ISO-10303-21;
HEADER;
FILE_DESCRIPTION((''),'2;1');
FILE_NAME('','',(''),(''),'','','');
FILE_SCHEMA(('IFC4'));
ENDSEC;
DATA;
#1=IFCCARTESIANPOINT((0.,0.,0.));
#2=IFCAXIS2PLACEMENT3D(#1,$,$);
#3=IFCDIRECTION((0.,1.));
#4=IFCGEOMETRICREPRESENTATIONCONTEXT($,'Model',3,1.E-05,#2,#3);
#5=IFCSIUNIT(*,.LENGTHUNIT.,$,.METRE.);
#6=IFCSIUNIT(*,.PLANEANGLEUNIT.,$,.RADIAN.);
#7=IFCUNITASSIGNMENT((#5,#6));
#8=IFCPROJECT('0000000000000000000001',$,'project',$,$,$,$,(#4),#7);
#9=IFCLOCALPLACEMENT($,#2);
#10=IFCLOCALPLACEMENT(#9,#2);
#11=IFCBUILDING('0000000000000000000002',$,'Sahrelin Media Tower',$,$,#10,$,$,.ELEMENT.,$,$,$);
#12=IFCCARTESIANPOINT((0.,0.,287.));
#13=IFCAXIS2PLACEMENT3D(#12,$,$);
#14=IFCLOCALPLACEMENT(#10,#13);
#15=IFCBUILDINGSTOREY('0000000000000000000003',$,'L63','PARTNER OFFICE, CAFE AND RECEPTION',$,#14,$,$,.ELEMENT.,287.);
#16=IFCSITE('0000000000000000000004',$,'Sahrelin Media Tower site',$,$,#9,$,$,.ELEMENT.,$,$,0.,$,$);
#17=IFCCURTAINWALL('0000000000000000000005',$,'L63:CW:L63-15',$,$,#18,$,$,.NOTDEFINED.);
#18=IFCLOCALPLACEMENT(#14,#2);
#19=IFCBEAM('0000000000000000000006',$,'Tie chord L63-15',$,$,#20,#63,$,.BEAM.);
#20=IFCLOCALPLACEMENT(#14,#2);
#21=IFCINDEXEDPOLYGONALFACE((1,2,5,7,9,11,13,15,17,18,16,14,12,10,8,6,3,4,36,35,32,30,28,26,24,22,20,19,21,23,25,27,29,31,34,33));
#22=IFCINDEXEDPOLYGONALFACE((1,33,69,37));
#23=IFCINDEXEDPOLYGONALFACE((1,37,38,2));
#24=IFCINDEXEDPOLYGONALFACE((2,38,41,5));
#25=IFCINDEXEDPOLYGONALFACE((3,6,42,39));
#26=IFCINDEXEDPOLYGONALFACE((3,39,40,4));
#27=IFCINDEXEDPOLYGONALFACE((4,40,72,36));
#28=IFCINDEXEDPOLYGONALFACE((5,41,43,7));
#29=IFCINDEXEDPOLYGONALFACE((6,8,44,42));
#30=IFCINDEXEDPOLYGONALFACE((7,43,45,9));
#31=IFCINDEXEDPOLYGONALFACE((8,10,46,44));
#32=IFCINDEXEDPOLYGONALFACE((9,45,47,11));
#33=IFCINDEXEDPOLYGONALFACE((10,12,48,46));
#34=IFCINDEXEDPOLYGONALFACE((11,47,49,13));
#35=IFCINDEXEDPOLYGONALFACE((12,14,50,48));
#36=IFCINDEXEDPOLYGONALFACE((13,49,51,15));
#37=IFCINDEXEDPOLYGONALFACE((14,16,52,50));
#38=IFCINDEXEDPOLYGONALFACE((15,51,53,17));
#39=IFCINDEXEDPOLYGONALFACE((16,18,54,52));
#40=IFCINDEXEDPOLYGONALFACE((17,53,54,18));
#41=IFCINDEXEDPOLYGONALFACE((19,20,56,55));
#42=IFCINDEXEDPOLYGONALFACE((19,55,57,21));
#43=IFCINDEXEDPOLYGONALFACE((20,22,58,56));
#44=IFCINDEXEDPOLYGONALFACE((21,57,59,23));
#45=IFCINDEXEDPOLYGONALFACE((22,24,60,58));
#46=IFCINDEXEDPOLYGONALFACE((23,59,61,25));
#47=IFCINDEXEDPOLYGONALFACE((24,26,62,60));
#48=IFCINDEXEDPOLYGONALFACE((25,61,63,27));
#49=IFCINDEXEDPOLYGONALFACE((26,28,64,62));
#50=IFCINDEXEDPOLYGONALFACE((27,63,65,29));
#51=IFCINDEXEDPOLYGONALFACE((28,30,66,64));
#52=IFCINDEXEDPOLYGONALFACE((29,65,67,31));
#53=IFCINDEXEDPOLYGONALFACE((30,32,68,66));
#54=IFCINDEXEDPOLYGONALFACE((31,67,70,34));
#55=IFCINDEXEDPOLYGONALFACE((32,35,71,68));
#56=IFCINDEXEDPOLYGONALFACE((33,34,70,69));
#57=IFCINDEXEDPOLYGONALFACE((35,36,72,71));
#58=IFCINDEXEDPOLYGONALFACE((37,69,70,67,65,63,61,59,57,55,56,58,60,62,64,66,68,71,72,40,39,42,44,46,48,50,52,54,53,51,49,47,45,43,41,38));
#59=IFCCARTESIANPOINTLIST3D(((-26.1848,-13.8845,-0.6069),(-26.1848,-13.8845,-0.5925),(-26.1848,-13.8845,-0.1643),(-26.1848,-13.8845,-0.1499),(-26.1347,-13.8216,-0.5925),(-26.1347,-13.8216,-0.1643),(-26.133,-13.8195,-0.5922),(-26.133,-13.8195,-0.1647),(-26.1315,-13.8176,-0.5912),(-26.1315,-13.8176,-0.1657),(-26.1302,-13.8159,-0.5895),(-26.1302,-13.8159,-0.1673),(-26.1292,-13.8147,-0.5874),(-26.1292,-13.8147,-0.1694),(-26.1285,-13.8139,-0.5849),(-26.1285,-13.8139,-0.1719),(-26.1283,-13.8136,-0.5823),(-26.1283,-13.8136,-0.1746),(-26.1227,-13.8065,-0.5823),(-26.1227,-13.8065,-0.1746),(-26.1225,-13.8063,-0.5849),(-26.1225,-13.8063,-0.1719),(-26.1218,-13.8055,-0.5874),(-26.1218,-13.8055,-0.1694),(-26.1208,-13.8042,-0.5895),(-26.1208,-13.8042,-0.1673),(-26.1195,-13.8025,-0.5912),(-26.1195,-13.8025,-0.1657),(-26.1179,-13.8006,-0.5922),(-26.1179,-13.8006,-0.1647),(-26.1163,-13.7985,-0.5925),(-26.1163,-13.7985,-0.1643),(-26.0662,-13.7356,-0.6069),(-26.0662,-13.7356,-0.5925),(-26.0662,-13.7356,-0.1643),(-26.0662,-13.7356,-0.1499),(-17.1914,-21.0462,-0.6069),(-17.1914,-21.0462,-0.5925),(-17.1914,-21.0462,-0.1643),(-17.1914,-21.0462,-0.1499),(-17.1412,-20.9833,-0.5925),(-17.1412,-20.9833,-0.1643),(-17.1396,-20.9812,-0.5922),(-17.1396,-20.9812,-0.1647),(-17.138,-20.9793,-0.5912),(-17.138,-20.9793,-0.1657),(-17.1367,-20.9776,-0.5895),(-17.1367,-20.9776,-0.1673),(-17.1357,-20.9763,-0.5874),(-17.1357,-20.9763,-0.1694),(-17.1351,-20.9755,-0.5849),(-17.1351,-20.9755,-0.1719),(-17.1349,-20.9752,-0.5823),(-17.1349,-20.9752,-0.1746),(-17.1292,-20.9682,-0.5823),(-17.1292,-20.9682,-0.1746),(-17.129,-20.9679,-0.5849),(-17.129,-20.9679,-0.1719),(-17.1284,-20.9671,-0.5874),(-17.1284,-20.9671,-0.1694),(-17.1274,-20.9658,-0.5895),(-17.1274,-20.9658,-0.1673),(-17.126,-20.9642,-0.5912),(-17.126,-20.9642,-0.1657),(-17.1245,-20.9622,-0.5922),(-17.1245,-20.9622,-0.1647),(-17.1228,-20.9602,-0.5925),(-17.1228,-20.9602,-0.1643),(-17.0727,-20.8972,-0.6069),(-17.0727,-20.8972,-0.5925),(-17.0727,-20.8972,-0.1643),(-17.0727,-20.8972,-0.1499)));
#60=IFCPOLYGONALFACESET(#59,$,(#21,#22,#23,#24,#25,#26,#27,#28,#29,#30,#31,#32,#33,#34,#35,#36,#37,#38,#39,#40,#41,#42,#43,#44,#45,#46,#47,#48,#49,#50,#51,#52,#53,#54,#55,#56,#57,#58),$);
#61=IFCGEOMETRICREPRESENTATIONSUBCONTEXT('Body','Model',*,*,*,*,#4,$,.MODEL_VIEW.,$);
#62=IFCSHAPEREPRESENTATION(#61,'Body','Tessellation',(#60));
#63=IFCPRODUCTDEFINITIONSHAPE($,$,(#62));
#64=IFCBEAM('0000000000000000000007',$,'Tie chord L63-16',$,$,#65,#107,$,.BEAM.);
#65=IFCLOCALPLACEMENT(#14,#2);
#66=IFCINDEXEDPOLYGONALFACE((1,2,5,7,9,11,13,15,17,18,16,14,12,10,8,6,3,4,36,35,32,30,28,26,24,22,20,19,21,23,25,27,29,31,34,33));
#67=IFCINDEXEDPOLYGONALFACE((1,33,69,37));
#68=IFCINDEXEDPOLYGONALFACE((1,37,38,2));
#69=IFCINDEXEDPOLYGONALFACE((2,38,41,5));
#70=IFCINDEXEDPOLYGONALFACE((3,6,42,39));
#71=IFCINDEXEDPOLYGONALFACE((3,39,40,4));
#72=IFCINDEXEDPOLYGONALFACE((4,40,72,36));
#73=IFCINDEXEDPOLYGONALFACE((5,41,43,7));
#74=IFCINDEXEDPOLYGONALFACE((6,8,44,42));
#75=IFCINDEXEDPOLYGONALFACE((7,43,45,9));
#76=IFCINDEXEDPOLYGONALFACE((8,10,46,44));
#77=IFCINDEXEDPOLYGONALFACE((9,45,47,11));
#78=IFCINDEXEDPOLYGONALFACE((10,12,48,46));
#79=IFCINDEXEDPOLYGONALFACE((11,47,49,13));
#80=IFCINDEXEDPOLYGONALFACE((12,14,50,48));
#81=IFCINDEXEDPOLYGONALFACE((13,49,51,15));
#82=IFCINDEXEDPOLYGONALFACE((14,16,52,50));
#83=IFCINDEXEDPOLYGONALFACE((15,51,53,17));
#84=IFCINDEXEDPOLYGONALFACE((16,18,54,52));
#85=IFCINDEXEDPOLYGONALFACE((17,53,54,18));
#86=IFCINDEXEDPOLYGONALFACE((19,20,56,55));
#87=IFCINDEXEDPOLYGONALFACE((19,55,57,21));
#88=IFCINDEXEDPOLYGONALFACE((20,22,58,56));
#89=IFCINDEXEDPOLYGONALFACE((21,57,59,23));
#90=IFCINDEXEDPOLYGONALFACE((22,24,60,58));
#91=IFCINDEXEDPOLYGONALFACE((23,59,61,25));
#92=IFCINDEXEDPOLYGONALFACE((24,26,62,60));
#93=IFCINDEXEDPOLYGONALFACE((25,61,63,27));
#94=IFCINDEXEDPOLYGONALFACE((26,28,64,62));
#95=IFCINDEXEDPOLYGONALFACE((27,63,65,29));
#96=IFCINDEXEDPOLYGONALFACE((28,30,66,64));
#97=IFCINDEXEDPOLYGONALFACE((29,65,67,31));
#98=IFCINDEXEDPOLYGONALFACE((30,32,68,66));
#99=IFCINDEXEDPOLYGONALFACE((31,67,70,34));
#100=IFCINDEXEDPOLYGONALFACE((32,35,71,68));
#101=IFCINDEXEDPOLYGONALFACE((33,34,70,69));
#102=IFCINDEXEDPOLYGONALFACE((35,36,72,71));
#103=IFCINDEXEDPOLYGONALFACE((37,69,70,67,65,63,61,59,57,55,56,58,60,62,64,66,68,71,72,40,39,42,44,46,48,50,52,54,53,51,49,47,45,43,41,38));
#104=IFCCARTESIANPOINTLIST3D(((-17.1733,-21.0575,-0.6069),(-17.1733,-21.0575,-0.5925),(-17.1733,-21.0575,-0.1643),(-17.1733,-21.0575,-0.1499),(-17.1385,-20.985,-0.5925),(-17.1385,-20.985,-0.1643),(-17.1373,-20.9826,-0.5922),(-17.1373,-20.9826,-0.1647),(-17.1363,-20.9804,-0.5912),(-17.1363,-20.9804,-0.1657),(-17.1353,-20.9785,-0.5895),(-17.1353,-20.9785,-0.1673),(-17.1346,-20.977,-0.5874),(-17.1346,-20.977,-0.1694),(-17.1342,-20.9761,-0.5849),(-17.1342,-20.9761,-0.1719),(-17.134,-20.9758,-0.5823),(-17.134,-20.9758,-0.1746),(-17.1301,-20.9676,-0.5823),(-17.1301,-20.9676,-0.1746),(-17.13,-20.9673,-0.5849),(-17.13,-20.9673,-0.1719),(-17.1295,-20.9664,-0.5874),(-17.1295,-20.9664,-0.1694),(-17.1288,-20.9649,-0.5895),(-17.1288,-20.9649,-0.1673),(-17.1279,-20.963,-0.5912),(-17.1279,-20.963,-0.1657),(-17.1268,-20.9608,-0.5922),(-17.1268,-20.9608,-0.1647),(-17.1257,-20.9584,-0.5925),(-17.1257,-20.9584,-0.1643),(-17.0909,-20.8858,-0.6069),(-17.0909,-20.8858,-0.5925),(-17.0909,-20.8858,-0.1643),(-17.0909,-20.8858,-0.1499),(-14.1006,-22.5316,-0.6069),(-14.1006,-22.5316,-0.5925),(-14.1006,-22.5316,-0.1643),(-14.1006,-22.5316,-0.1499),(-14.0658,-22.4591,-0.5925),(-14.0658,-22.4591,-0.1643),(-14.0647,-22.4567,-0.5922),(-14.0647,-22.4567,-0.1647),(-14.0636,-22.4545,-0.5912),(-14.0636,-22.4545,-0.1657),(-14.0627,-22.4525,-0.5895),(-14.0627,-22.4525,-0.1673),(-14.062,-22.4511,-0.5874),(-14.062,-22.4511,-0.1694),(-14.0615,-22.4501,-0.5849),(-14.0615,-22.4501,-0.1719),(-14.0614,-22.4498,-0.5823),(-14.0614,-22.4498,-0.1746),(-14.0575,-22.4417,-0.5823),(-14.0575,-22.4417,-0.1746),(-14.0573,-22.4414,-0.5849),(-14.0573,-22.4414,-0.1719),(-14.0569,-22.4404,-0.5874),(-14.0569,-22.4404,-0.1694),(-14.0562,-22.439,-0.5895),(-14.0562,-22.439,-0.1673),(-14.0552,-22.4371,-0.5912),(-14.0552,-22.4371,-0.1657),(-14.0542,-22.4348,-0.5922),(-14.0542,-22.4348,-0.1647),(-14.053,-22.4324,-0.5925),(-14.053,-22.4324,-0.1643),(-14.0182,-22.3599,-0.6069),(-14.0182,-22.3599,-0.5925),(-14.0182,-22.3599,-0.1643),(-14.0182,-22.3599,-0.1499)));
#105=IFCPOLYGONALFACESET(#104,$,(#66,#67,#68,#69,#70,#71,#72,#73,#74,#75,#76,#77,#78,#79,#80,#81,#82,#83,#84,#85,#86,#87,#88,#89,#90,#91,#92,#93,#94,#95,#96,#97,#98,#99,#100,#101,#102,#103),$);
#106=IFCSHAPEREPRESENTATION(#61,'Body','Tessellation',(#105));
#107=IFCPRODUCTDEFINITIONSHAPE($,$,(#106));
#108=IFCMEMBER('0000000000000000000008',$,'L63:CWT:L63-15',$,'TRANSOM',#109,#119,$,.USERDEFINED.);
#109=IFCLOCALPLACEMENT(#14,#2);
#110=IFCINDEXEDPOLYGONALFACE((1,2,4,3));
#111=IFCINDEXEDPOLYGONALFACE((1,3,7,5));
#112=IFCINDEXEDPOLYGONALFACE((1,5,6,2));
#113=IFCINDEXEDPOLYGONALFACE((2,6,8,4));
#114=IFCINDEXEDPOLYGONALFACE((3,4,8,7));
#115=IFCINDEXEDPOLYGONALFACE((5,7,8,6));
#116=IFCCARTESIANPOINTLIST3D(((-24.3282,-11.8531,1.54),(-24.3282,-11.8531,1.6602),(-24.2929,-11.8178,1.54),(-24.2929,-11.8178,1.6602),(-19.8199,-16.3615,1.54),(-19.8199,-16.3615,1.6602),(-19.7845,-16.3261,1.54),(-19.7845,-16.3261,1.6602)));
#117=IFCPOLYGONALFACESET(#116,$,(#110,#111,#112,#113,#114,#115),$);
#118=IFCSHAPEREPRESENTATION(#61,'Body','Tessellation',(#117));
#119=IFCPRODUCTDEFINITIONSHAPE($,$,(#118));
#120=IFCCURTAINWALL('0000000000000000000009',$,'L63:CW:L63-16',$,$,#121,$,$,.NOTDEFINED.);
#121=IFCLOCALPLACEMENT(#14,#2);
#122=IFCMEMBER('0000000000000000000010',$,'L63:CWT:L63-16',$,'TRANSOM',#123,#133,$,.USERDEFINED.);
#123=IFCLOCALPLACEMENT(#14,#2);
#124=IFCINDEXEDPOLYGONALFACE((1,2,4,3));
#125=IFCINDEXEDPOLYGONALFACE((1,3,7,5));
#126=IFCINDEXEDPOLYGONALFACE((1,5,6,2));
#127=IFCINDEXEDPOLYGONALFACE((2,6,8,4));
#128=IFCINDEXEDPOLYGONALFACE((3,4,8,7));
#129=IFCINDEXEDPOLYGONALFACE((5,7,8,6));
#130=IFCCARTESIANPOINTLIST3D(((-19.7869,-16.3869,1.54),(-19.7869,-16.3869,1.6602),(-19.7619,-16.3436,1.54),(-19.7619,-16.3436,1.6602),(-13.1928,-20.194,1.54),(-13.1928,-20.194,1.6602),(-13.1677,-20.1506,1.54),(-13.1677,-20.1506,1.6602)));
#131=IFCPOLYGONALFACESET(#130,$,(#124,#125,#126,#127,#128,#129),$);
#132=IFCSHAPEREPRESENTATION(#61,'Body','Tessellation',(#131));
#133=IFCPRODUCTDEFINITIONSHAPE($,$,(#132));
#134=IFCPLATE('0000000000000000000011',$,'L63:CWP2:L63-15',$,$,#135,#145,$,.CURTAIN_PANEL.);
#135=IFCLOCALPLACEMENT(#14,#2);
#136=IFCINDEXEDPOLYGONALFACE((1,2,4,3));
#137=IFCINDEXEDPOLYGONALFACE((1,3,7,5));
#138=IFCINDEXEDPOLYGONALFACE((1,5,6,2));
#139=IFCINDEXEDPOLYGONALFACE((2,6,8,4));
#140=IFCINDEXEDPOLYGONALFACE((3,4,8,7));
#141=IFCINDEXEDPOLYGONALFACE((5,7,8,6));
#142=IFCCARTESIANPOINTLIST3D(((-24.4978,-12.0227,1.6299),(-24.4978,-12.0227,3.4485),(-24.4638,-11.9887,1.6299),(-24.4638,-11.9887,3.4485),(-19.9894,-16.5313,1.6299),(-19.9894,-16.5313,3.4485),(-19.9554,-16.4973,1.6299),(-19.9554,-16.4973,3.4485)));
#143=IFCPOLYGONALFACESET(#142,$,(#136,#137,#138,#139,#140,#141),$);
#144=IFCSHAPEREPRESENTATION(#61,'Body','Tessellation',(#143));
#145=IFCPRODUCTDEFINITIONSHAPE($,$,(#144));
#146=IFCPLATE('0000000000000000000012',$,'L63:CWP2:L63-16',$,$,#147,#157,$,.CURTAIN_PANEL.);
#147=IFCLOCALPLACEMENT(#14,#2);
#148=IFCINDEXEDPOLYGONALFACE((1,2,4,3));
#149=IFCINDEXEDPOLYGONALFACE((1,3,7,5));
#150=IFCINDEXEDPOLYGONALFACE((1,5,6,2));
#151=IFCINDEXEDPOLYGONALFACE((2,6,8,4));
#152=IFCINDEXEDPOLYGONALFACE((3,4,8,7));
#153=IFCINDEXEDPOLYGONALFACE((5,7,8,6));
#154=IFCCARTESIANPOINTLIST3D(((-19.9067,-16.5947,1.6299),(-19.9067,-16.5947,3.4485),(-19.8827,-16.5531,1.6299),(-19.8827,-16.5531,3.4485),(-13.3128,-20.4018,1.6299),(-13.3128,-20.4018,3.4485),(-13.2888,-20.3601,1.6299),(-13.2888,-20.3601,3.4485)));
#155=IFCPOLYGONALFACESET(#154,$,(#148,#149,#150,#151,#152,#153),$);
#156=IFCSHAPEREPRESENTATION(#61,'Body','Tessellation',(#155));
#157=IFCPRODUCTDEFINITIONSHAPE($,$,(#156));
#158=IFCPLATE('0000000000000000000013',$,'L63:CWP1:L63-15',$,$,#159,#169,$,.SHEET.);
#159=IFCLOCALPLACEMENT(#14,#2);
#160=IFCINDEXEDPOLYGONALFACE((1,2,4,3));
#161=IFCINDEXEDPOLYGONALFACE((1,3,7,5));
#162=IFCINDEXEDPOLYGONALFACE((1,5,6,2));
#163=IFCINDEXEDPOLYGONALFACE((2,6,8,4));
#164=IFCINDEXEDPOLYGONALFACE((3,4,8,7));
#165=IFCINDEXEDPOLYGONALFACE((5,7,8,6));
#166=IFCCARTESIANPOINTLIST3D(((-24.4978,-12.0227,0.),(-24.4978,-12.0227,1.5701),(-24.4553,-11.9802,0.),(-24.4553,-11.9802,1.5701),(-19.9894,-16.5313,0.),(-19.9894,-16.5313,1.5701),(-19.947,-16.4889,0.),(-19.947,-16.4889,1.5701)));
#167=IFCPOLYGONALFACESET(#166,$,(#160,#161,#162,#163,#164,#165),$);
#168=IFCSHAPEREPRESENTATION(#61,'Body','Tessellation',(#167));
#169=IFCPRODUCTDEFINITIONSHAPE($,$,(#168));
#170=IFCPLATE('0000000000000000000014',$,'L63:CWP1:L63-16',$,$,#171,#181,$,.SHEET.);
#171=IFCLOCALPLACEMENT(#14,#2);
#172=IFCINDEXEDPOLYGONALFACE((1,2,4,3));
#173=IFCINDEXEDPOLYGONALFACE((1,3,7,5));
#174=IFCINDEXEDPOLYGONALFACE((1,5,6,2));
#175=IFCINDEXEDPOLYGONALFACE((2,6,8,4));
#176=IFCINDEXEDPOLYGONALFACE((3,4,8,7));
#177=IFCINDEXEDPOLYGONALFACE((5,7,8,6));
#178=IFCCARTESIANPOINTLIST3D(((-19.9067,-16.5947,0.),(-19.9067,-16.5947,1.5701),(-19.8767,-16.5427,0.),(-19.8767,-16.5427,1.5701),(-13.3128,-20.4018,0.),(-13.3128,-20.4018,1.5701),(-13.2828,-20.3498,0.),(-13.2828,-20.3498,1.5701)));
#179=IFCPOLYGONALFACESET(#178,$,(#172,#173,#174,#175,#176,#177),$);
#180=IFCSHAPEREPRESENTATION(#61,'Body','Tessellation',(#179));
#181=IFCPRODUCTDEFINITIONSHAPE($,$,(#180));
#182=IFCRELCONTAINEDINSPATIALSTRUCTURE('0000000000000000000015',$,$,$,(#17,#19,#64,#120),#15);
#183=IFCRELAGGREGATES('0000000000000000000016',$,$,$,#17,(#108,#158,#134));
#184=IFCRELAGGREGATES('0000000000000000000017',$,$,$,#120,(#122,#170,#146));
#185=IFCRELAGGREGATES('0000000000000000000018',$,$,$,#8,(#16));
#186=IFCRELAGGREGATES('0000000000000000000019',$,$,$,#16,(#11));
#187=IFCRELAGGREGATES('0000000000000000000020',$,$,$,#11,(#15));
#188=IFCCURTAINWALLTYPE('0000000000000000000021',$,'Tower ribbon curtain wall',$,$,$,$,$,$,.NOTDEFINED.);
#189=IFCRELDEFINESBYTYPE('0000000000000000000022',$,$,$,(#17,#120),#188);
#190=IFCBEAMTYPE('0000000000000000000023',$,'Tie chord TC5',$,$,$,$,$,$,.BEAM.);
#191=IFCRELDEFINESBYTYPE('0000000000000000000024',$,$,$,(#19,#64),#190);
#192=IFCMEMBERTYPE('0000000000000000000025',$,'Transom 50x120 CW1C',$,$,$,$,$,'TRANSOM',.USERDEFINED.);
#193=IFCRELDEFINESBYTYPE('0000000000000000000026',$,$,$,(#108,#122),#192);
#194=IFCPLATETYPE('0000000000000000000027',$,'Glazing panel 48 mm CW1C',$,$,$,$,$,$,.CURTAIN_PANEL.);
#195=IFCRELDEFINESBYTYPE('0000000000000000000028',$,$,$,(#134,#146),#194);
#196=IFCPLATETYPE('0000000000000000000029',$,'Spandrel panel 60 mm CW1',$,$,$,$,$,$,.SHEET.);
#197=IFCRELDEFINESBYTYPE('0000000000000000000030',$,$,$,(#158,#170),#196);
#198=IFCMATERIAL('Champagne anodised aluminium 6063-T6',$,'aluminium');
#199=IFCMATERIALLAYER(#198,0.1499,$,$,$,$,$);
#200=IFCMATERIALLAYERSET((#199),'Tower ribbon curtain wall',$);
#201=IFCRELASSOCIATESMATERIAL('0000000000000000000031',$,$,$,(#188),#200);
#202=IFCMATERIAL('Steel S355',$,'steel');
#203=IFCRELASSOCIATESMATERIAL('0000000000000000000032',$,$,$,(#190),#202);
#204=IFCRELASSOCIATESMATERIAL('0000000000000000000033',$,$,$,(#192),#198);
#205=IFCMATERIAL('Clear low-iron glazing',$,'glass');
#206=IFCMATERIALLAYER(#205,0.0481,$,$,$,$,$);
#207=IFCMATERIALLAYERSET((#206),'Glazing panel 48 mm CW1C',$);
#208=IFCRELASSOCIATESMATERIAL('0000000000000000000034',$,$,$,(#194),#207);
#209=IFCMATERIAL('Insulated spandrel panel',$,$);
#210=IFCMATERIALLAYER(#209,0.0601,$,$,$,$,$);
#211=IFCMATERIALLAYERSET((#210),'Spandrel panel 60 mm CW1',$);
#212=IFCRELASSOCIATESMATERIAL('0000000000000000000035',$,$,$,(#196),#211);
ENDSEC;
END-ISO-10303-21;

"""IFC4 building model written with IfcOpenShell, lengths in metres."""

from ifc_helpers import new_model, si_unit, direction, frame, origin, origin_2d, place, context, subcontext, project, spatial, polyline, rectangle, i_section, outline, extrude, material, layer, layer_set, material_profile, profile_set, type_object, element, aggregate, save


model = new_model("IFC4")

# Units and contexts
model_context = context("Model", 3, precision=1e-05, world=origin(), true_north=direction((0.0, 1.0)))
body_context = subcontext(model_context, "Body", "Model", "MODEL_VIEW")
ifc_project = project(units=[si_unit("LENGTHUNIT", "METRE"), si_unit("PLANEANGLEUNIT", "RADIAN")], contexts=[model_context])

# Site, building, storey
site_placement = place(None, origin())
site = spatial("IfcSite", under=ifc_project, at=site_placement, Name="Sahrelin Media Tower site", CompositionType="ELEMENT", RefElevation=0.0)
building_placement = place(site_placement, origin())
building = spatial("IfcBuilding", under=site, at=building_placement, Name="Sahrelin Media Tower", CompositionType="ELEMENT")
storey_placement = place(building_placement, frame((0.0, 0.0, 287.0)))
storey = spatial("IfcBuildingStorey", under=building, at=storey_placement, Name="L63", Description="PARTNER OFFICE, CAFE AND RECEPTION", CompositionType="ELEMENT", Elevation=287.0)

# Shared definitions
ifc_material_1 = material(Name="Steel S355", Category="steel")

# Curtain wall
ifc_material_2 = material(Name="Champagne anodised aluminium 6063-T6", Category="aluminium")
ifc_layer_1 = layer(ifc_material_2, 0.1499)
ifc_layer_set_1 = layer_set([ifc_layer_1], Name="Tower ribbon curtain wall")
curtain_wall_type = type_object("IfcCurtainWallType", Name="Tower ribbon curtain wall", PredefinedType="NOTDEFINED", material=ifc_layer_set_1)
curtain_wall_1_placement = place(storey_placement, frame((-22.2295, -14.2627, 0.0), z_axis=(0.0, 0.0, 1.0), x_axis=(1.0, 0.0, 0.0)))
curtain_wall_1 = element("IfcCurtainWall", 1, at=curtain_wall_1_placement, inside=storey, type_object=curtain_wall_type, Name="L63:CW:L63-15", PredefinedType="NOTDEFINED")

# Beams
ifc_material_profile_1 = material_profile(ifc_material_1, i_section(OverallWidth=0.1904, OverallDepth=0.457, WebThickness=0.009, FlangeThickness=0.0144, FilletRadius=0.0103, at=origin_2d()), Name="UB 457x191x74")
ifc_profile_set_1 = profile_set([ifc_material_profile_1], Name="Steel S355")
beam_type_1 = type_object("IfcBeamType", Name="Tie chord TC5", PredefinedType="BEAM", material=ifc_profile_set_1)
beam_1_placement = place(storey_placement, frame((-26.1255, -13.8101, -0.3784), z_axis=(0.782272, -0.622938, 0.0), x_axis=(0.622938, 0.782272, 0.0)))
element("IfcBeam", 2, at=beam_1_placement, inside=storey, type_object=beam_type_1, Name="Tie chord L63-15", PredefinedType="BEAM", context=body_context, shape_type="SweptSolid", body=[
    extrude(i_section(OverallWidth=0.1904, OverallDepth=0.457, WebThickness=0.009, FlangeThickness=0.0144, FilletRadius=0.0103, at=origin_2d()), origin(), (0.0, 0.0, 1.0), 11.4966),
])
beam_2_placement = place(storey_placement, frame((-17.1321, -20.9717, -0.3784), z_axis=(0.901615, -0.43254, 0.0), x_axis=(0.43254, 0.901615, 0.0)))
element("IfcBeam", 3, at=beam_2_placement, inside=storey, type_object=beam_type_1, Name="Tie chord L63-16", PredefinedType="BEAM", context=body_context, shape_type="SweptSolid", body=[
    extrude(i_section(OverallWidth=0.1904, OverallDepth=0.457, WebThickness=0.009, FlangeThickness=0.0144, FilletRadius=0.0103, at=origin_2d()), origin(), (0.0, 0.0, 1.0), 3.408),
])

# Member
ifc_material_profile_2 = material_profile(ifc_material_2, rectangle(XDim=0.05, YDim=0.1201, at=origin_2d()), Name="Transom 50x120")
ifc_profile_set_2 = profile_set([ifc_material_profile_2], Name="Champagne anodised aluminium 6063-T6")
member_type_1 = type_object("IfcMemberType", Name="Transom 50x120 CW1C", ElementType="TRANSOM", PredefinedType="USERDEFINED", material=ifc_profile_set_2)
member_1_placement = place(storey_placement, frame((-24.3105, -11.8354, 1.6001), z_axis=(0.707107, -0.707107, 0.0), x_axis=(0.707107, 0.707107, 0.0)))
member_1 = element("IfcMember", 4, at=member_1_placement, type_object=member_type_1, Name="L63:CWT:L63-15", ObjectType="TRANSOM", PredefinedType="USERDEFINED", context=body_context, shape_type="SweptSolid", body=[
    extrude(rectangle(XDim=0.05, YDim=0.1201, at=origin_2d()), origin(), (0.0, 0.0, 1.0), 6.3757),
])

# Curtain wall, member
curtain_wall_2_placement = place(storey_placement, frame((-16.5999, -18.481, 0.0), z_axis=(0.0, 0.0, 1.0), x_axis=(1.0, 0.0, 0.0)))
curtain_wall_2 = element("IfcCurtainWall", 5, at=curtain_wall_2_placement, inside=storey, type_object=curtain_wall_type, Name="L63:CW:L63-16", PredefinedType="NOTDEFINED")
member_2_placement = place(storey_placement, frame((-19.7744, -16.3652, 1.6001), z_axis=(0.866029, -0.499994, 0.0), x_axis=(0.499994, 0.866029, 0.0)))
member_2 = element("IfcMember", 6, at=member_2_placement, type_object=member_type_1, Name="L63:CWT:L63-16", ObjectType="TRANSOM", PredefinedType="USERDEFINED", context=body_context, shape_type="SweptSolid", body=[
    extrude(rectangle(XDim=0.05, YDim=0.1201, at=origin_2d()), origin(), (0.0, 0.0, 1.0), 7.6143),
])

# Plates
ifc_material_3 = material(Name="Clear low-iron glazing", Category="glass")
ifc_layer_2 = layer(ifc_material_3, 0.0481)
ifc_layer_set_2 = layer_set([ifc_layer_2], Name="Glazing panel 48 mm CW1C")
plate_type_1 = type_object("IfcPlateType", Name="Glazing panel 48 mm CW1C", PredefinedType="CURTAIN_PANEL", material=ifc_layer_set_2)
plate_1_placement = place(storey_placement, frame((-24.4978, -12.0227, 1.6299), z_axis=(-0.707126, -0.707088, 0.0), x_axis=(0.707088, -0.707126, 0.0)))
plate_1 = element("IfcPlate", 7, at=plate_1_placement, type_object=plate_type_1, Name="L63:CWP2:L63-15", PredefinedType="CURTAIN_PANEL", context=body_context, shape_type="SweptSolid", body=[
    extrude(outline(polyline([(0.0, 0.0), (6.376, 0.0), (6.376, 1.8186), (0.0, 1.8186), (0.0, 0.0)])), origin(), (0.0, 0.0, -1.0), 0.0481),
])
plate_2_placement = place(storey_placement, frame((-19.9067, -16.5947, 1.6299), z_axis=(-0.500008, -0.866021, 0.0), x_axis=(0.866021, -0.500008, 0.0)))
plate_2 = element("IfcPlate", 8, at=plate_2_placement, type_object=plate_type_1, Name="L63:CWP2:L63-16", PredefinedType="CURTAIN_PANEL", context=body_context, shape_type="SweptSolid", body=[
    extrude(outline(polyline([(0.0, 0.0), (7.614, 0.0), (7.614, 1.8186), (0.0, 1.8186), (0.0, 0.0)])), origin(), (0.0, 0.0, -1.0), 0.0481),
])
ifc_material_4 = material(Name="Insulated spandrel panel")
ifc_layer_3 = layer(ifc_material_4, 0.0601)
ifc_layer_set_3 = layer_set([ifc_layer_3], Name="Spandrel panel 60 mm CW1")
plate_type_2 = type_object("IfcPlateType", Name="Spandrel panel 60 mm CW1", PredefinedType="SHEET", material=ifc_layer_set_3)
plate_3_placement = place(storey_placement, frame((-24.4978, -12.0227, 0.0), z_axis=(-0.707126, -0.707088, 0.0), x_axis=(0.707088, -0.707126, 0.0)))
plate_3 = element("IfcPlate", 9, at=plate_3_placement, type_object=plate_type_2, Name="L63:CWP1:L63-15", PredefinedType="SHEET", context=body_context, shape_type="SweptSolid", body=[
    extrude(outline(polyline([(0.0, 0.0), (6.376, 0.0), (6.376, 1.5701), (0.0, 1.5701), (0.0, 0.0)])), origin(), (0.0, 0.0, -1.0), 0.0601),
])
aggregate(curtain_wall_1, [member_1, plate_3, plate_1])
plate_4_placement = place(storey_placement, frame((-19.9067, -16.5947, 0.0), z_axis=(-0.500008, -0.866021, 0.0), x_axis=(0.866021, -0.500008, 0.0)))
plate_4 = element("IfcPlate", 10, at=plate_4_placement, type_object=plate_type_2, Name="L63:CWP1:L63-16", PredefinedType="SHEET", context=body_context, shape_type="SweptSolid", body=[
    extrude(outline(polyline([(0.0, 0.0), (7.614, 0.0), (7.614, 1.5701), (0.0, 1.5701), (0.0, 0.0)])), origin(), (0.0, 0.0, -1.0), 0.0601),
])
aggregate(curtain_wall_2, [member_2, plate_4, plate_2])

save(model, "model.ifc")
